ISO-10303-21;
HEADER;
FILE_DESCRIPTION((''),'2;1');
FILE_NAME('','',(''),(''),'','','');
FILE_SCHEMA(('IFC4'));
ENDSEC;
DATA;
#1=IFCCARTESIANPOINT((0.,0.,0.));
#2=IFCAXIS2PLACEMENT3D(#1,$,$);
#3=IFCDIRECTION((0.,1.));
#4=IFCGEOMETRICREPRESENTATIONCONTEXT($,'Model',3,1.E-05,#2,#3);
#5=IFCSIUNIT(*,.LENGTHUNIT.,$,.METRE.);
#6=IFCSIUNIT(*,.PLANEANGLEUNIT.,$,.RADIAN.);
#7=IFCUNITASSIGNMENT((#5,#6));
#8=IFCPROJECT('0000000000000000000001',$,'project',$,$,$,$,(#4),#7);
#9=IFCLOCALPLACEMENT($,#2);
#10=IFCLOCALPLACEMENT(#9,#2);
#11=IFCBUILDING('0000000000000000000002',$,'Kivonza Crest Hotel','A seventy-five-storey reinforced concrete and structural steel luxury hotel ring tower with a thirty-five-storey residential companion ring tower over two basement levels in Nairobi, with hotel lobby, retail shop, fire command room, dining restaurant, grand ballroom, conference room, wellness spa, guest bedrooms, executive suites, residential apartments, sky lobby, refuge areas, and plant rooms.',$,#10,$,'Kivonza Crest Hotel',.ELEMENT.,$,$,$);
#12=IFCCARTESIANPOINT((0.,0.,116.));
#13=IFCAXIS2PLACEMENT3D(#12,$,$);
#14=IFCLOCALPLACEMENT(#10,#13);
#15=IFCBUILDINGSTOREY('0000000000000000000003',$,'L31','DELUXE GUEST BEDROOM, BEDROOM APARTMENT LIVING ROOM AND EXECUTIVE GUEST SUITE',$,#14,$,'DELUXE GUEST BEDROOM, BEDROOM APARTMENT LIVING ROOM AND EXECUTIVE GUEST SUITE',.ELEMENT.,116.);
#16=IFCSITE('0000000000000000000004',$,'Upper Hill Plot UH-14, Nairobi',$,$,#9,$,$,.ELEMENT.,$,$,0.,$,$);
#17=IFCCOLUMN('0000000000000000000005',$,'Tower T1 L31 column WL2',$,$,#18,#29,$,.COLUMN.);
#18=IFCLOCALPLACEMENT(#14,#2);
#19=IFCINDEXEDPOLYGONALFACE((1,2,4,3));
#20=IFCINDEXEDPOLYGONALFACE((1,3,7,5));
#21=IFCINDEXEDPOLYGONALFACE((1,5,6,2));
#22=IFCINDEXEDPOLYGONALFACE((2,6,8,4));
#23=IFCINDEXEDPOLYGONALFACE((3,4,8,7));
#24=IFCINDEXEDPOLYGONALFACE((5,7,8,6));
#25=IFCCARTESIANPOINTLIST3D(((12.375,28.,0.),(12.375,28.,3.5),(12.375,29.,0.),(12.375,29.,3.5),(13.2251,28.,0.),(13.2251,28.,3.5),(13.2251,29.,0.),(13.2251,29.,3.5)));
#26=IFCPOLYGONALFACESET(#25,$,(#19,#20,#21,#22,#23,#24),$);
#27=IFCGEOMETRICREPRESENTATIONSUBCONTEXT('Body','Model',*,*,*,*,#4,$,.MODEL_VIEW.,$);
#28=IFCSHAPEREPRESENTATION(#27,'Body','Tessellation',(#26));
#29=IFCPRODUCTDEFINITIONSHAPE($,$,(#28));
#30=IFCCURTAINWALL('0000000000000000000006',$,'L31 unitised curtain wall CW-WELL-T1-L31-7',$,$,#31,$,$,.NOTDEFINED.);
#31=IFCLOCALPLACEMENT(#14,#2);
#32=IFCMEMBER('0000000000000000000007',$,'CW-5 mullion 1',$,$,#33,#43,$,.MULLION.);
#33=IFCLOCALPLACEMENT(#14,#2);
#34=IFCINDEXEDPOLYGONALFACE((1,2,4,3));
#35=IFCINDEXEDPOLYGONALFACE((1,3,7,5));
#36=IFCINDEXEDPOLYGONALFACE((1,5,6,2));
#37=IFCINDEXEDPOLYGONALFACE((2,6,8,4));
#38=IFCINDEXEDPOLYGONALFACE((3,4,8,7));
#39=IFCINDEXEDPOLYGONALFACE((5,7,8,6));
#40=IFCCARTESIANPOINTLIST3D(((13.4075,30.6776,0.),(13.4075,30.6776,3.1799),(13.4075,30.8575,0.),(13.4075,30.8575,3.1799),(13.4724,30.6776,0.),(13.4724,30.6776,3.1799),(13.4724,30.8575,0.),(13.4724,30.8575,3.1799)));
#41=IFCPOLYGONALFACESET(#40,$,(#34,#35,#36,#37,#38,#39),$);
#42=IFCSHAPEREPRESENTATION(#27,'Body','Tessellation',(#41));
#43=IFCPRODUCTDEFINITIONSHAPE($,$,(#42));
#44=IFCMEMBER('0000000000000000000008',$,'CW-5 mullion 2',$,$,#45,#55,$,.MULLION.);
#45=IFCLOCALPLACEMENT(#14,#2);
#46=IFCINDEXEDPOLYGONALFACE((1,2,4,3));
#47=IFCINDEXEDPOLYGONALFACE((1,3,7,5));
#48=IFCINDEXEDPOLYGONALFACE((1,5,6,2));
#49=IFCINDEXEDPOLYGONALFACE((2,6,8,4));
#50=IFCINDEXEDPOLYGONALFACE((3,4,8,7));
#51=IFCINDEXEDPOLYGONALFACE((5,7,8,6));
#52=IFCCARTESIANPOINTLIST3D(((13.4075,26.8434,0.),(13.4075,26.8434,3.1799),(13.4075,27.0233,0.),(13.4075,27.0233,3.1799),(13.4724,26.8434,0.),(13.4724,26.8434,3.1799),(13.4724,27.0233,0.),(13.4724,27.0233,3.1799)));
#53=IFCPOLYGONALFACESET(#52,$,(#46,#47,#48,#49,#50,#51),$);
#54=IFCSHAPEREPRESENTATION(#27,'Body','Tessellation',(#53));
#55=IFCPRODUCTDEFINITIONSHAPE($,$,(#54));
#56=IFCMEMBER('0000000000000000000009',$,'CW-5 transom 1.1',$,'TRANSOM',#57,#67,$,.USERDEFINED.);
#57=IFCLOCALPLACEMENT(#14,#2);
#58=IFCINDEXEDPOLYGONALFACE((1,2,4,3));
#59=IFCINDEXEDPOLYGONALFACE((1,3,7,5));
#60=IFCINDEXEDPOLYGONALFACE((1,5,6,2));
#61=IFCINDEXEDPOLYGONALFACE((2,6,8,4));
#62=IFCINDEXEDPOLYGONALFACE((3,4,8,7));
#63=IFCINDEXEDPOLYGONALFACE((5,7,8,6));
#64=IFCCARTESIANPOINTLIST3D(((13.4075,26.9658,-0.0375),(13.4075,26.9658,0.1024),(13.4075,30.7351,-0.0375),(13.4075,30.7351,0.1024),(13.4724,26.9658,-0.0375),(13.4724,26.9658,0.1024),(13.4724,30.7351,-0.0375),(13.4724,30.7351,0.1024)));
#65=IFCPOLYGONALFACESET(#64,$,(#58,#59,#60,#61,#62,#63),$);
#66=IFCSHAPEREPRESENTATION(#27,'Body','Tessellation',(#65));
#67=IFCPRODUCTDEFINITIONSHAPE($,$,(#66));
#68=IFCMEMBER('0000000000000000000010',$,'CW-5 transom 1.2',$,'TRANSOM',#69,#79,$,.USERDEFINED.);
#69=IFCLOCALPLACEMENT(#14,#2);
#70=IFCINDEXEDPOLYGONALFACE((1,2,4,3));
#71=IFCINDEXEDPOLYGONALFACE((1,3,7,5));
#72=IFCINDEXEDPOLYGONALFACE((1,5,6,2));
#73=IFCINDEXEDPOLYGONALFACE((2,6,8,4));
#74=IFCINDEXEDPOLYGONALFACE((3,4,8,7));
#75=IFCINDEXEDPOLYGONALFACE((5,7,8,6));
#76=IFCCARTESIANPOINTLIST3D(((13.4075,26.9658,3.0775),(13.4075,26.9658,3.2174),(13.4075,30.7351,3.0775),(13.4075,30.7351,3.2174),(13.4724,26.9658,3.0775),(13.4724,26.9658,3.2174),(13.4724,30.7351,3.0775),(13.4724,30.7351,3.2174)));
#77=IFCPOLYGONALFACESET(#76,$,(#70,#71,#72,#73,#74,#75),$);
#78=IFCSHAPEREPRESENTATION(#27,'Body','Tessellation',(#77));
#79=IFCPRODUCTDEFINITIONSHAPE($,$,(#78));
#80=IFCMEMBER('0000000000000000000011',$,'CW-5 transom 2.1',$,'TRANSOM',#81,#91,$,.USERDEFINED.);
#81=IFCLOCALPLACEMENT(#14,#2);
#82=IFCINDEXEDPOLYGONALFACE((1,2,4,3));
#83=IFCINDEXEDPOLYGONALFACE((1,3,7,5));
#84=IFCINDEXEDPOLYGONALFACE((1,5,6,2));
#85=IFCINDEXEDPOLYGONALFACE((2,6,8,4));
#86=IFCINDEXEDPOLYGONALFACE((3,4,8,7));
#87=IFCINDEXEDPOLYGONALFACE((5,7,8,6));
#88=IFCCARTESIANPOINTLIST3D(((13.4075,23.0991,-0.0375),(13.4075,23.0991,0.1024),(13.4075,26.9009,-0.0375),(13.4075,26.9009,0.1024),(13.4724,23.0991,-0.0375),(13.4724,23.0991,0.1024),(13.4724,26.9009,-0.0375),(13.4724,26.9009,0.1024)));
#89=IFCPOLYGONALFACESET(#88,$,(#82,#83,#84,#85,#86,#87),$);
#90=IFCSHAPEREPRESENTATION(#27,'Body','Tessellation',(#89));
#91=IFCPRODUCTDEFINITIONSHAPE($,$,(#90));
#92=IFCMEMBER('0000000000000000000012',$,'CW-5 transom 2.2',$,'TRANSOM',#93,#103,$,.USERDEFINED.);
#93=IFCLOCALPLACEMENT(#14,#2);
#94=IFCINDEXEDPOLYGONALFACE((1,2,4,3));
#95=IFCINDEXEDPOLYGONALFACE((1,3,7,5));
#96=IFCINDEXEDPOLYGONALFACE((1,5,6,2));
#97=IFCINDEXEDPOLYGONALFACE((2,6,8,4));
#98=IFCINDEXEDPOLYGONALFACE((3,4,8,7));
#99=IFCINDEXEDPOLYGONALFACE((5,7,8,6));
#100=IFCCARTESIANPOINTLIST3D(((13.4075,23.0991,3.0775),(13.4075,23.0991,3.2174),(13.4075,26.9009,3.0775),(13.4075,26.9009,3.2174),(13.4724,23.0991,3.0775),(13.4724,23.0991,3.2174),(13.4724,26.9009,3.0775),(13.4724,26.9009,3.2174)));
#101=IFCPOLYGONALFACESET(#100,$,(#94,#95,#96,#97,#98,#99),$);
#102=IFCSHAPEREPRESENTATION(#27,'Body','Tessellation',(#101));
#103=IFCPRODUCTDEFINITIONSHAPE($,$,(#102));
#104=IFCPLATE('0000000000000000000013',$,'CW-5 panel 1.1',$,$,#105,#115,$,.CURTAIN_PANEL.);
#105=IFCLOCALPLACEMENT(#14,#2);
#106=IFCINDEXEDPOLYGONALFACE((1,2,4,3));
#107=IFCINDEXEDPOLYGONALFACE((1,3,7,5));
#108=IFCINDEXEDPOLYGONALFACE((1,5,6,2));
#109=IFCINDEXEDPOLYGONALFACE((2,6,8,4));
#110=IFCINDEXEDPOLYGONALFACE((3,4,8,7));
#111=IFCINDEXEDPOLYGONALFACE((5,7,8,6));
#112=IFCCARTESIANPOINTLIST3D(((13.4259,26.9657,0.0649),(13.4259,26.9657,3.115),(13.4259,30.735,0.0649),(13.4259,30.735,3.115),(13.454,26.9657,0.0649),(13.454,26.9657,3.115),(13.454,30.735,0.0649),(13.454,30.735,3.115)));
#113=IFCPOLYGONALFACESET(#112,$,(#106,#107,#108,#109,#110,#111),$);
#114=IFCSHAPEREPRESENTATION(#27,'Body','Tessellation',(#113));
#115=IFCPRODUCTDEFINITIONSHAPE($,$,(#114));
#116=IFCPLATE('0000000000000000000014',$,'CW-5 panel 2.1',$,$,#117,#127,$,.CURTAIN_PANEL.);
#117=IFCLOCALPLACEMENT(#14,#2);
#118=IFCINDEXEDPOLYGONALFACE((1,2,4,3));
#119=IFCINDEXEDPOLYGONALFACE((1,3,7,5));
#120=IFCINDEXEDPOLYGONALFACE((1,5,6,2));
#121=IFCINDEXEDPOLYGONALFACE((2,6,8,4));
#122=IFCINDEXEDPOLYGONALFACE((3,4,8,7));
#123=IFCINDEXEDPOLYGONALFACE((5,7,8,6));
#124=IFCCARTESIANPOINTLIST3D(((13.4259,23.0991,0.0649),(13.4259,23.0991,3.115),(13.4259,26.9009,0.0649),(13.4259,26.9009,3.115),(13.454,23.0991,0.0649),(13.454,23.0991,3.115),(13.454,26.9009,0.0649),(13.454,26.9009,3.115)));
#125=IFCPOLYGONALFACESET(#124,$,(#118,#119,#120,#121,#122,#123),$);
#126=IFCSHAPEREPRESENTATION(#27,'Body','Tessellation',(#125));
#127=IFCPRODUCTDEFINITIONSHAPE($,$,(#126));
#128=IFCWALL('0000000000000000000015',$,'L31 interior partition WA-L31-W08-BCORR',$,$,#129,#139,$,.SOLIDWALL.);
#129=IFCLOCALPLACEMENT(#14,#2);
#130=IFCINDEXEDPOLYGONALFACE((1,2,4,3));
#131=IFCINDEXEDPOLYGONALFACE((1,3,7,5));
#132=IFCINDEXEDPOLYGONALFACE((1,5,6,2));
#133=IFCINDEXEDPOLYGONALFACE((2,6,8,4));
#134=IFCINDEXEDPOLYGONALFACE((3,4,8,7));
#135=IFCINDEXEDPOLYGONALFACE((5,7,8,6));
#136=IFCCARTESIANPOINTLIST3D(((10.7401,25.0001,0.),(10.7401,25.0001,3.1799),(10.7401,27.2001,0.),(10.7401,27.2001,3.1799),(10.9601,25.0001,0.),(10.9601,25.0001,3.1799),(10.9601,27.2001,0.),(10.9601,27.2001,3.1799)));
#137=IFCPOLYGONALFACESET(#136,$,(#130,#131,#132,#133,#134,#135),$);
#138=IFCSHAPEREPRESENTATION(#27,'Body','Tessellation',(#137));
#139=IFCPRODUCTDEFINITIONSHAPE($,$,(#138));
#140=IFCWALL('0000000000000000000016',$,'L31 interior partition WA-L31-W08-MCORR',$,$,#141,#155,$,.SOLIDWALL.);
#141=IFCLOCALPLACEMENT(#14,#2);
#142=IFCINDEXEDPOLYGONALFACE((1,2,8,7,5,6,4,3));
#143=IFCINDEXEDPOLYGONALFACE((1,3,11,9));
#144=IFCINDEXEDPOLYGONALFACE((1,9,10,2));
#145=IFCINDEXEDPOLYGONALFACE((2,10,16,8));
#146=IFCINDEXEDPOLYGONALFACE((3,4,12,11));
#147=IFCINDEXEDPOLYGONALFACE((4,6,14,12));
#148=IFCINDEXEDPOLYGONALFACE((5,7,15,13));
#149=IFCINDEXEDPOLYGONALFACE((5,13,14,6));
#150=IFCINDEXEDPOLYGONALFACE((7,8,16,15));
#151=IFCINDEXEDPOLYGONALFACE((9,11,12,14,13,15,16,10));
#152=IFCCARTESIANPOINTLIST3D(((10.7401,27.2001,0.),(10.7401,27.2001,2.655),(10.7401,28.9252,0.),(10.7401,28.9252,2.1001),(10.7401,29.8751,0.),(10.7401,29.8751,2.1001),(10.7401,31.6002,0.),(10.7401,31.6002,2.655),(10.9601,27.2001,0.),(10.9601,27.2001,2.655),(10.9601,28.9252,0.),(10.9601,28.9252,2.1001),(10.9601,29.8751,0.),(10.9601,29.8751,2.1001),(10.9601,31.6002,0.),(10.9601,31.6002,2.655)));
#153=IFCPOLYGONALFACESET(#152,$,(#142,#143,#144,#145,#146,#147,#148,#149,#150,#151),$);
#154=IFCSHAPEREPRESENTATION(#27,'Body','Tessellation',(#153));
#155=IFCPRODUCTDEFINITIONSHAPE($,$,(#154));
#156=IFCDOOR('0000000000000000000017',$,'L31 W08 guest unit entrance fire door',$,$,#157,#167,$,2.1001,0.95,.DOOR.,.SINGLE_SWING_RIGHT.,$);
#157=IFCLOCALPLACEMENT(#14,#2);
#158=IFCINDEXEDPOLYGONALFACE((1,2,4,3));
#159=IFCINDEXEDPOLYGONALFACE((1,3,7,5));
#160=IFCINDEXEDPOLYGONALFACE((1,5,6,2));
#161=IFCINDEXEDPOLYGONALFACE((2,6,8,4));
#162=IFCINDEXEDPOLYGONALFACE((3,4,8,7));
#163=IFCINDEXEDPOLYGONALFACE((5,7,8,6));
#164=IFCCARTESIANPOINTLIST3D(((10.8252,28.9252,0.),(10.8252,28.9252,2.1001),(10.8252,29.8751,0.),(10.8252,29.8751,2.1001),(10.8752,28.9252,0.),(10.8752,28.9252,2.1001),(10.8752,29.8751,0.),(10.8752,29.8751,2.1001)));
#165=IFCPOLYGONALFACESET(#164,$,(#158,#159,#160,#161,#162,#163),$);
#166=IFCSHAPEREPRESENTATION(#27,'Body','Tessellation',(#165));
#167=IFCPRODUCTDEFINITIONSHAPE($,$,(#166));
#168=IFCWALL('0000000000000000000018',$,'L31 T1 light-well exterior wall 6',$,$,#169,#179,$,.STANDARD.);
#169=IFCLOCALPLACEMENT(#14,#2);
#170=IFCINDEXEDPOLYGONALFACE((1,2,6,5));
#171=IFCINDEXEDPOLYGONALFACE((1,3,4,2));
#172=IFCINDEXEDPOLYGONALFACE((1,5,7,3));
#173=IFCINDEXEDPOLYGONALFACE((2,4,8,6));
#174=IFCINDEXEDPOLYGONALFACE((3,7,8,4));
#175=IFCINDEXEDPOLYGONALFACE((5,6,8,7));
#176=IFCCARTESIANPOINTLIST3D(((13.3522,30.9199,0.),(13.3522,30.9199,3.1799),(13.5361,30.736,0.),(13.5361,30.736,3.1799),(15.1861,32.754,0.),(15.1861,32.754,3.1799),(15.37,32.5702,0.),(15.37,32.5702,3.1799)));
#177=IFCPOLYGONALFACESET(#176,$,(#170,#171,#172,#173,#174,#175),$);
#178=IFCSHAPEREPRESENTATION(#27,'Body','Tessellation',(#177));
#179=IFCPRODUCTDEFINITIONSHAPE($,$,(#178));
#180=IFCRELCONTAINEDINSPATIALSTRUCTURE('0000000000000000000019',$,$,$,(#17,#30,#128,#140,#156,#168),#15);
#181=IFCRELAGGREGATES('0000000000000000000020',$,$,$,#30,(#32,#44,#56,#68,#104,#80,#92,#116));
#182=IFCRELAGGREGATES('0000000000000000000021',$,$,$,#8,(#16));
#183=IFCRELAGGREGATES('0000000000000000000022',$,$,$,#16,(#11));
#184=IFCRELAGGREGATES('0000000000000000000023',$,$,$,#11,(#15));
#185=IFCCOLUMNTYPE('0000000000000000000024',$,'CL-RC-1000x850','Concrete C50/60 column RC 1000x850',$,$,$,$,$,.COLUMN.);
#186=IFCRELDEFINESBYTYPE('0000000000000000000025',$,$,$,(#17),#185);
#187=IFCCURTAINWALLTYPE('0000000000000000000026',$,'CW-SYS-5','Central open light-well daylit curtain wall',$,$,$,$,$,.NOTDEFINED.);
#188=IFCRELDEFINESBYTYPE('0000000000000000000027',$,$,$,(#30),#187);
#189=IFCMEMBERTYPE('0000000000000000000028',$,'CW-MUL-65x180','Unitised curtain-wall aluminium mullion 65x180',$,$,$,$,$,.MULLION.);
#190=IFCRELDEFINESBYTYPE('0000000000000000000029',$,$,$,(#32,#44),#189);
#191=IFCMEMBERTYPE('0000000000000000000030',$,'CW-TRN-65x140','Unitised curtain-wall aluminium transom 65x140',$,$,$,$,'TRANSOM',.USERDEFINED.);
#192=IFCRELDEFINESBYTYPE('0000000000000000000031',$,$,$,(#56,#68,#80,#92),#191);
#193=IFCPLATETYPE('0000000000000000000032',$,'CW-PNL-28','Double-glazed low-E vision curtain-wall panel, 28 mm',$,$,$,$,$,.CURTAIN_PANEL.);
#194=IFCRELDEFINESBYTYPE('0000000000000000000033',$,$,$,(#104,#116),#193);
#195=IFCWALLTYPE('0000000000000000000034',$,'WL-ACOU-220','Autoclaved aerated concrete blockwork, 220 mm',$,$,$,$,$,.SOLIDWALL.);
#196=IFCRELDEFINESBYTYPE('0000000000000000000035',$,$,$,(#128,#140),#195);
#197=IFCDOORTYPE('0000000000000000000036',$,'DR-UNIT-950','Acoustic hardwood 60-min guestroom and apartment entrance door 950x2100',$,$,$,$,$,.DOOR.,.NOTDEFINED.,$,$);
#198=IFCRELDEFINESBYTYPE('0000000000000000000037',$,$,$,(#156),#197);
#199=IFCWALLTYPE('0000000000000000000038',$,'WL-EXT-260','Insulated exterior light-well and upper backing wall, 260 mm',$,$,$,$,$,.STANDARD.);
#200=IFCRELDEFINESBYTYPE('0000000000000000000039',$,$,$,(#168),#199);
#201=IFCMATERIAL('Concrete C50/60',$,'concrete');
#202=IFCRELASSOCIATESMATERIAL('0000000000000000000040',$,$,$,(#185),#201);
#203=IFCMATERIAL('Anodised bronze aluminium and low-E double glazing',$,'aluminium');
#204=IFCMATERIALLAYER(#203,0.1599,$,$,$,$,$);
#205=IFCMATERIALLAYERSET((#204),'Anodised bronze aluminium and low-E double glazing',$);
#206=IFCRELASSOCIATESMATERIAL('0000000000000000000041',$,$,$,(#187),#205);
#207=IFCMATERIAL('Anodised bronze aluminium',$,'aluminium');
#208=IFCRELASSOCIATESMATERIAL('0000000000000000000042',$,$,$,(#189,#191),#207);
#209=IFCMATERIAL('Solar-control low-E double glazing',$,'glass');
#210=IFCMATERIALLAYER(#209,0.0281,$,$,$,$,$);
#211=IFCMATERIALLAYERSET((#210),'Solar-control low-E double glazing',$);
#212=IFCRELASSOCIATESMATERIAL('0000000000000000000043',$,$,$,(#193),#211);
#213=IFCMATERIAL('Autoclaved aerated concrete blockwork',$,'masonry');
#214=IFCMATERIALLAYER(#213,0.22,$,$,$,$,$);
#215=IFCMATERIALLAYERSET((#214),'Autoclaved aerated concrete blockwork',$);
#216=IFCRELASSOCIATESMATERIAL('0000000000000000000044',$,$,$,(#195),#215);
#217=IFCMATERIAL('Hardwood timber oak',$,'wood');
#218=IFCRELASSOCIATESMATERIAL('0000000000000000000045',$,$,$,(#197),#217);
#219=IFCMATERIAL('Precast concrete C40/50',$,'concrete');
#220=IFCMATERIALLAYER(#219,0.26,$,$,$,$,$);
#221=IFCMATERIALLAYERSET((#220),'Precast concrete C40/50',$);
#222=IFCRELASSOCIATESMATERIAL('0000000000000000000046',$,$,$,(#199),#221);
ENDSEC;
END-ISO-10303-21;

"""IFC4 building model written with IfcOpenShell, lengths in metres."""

from ifc_helpers import new_model, si_unit, direction, frame, frame_2d, origin, origin_2d, place, context, subcontext, project, spatial, rectangle, extrude, material, layer, layer_set, material_profile, profile_set, type_object, element, fill, aggregate, save


model = new_model("IFC4")

# Units and contexts
model_context = context("Model", 3, precision=1e-05, world=origin(), true_north=direction((0.0, 1.0)))
body_context = subcontext(model_context, "Body", "Model", "MODEL_VIEW")
ifc_project = project(units=[si_unit("LENGTHUNIT", "METRE"), si_unit("PLANEANGLEUNIT", "RADIAN")], contexts=[model_context])

# Site, building, storey
site_placement = place(None, origin())
site = spatial("IfcSite", under=ifc_project, at=site_placement, Name="Upper Hill Plot UH-14, Nairobi", CompositionType="ELEMENT", RefElevation=0.0)
building_placement = place(site_placement, origin())
building = spatial("IfcBuilding", under=site, at=building_placement, Name="Kivonza Crest Hotel", Description="A seventy-five-storey reinforced concrete and structural steel luxury hotel ring tower with a thirty-five-storey residential companion ring tower over two basement levels in Nairobi, with hotel lobby, retail shop, fire command room, dining restaurant, grand ballroom, conference room, wellness spa, guest bedrooms, executive suites, residential apartments, sky lobby, refuge areas, and plant rooms.", LongName="Kivonza Crest Hotel", CompositionType="ELEMENT")
storey_placement = place(building_placement, frame((0.0, 0.0, 116.0)))
storey = spatial("IfcBuildingStorey", under=building, at=storey_placement, Name="L31", Description="DELUXE GUEST BEDROOM, BEDROOM APARTMENT LIVING ROOM AND EXECUTIVE GUEST SUITE", LongName="DELUXE GUEST BEDROOM, BEDROOM APARTMENT LIVING ROOM AND EXECUTIVE GUEST SUITE", CompositionType="ELEMENT", Elevation=116.0)

# Column
ifc_material_1 = material(Name="Concrete C50/60", Category="concrete")
ifc_material_profile_1 = material_profile(ifc_material_1, rectangle(XDim=0.8501, YDim=1.0, at=origin_2d()), Name="RC 1000x850")
ifc_profile_set_1 = profile_set([ifc_material_profile_1], Name="Concrete C50/60")
column_type = type_object("IfcColumnType", Name="CL-RC-1000x850", Description="Concrete C50/60 column RC 1000x850", PredefinedType="COLUMN", material=ifc_profile_set_1)
column_placement = place(storey_placement, frame((12.8, 28.5, 0.0), z_axis=(0.0, 0.0, 1.0), x_axis=(1.0, 0.0, 0.0)))
element("IfcColumn", 1, at=column_placement, inside=storey, type_object=column_type, Name="Tower T1 L31 column WL2", PredefinedType="COLUMN", context=body_context, shape_type="SweptSolid", body=[
    extrude(rectangle(XDim=0.8501, YDim=1.0, at=origin_2d()), origin(), (0.0, 0.0, 1.0), 3.5),
])

# Curtain wall, members, plates
ifc_material_2 = material(Name="Anodised bronze aluminium and low-E double glazing", Category="aluminium")
ifc_layer_1 = layer(ifc_material_2, 0.1599)
ifc_layer_set_1 = layer_set([ifc_layer_1], Name="Anodised bronze aluminium and low-E double glazing")
curtain_wall_type = type_object("IfcCurtainWallType", Name="CW-SYS-5", Description="Central open light-well daylit curtain wall", PredefinedType="NOTDEFINED", material=ifc_layer_set_1)
curtain_wall_placement = place(storey_placement, origin())
curtain_wall = element("IfcCurtainWall", 2, at=curtain_wall_placement, inside=storey, type_object=curtain_wall_type, Name="L31 unitised curtain wall CW-WELL-T1-L31-7", PredefinedType="NOTDEFINED")
ifc_material_3 = material(Name="Anodised bronze aluminium", Category="aluminium")
ifc_material_profile_2 = material_profile(ifc_material_3, rectangle(XDim=0.0649, YDim=0.1799, at=origin_2d()), Name="CW-M 65x180")
ifc_profile_set_2 = profile_set([ifc_material_profile_2], Name="Anodised bronze aluminium")
member_type_1 = type_object("IfcMemberType", Name="CW-MUL-65x180", Description="Unitised curtain-wall aluminium mullion 65x180", PredefinedType="MULLION", material=ifc_profile_set_2)
member_1_placement = place(storey_placement, frame((13.4399, 30.7676, 0.0), z_axis=(0.0, 0.0, 1.0), x_axis=(1.0, 0.0, 0.0)))
member_1 = element("IfcMember", 3, at=member_1_placement, type_object=member_type_1, Name="CW-5 mullion 1", PredefinedType="MULLION", context=body_context, shape_type="SweptSolid", body=[
    extrude(rectangle(XDim=0.0649, YDim=0.1799, at=origin_2d()), origin(), (0.0, 0.0, 1.0), 3.1799),
])
member_2_placement = place(storey_placement, frame((13.4399, 26.9333, 0.0), z_axis=(0.0, 0.0, 1.0), x_axis=(1.0, 0.0, 0.0)))
member_2 = element("IfcMember", 4, at=member_2_placement, type_object=member_type_1, Name="CW-5 mullion 2", PredefinedType="MULLION", context=body_context, shape_type="SweptSolid", body=[
    extrude(rectangle(XDim=0.0649, YDim=0.1799, at=origin_2d()), origin(), (0.0, 0.0, 1.0), 3.1799),
])
ifc_material_profile_3 = material_profile(ifc_material_3, rectangle(XDim=0.0649, YDim=0.1399, at=origin_2d()), Name="CW-T 65x140")
ifc_profile_set_3 = profile_set([ifc_material_profile_3], Name="Anodised bronze aluminium")
member_type_2 = type_object("IfcMemberType", Name="CW-TRN-65x140", Description="Unitised curtain-wall aluminium transom 65x140", ElementType="TRANSOM", PredefinedType="USERDEFINED", material=ifc_profile_set_3)
member_3_placement = place(storey_placement, frame((13.4399, 30.7351, 0.0325), z_axis=(0.0, -1.0, 0.0), x_axis=(1.0, 0.0, 0.0)))
member_3 = element("IfcMember", 5, at=member_3_placement, type_object=member_type_2, Name="CW-5 transom 1.1", ObjectType="TRANSOM", PredefinedType="USERDEFINED", context=body_context, shape_type="SweptSolid", body=[
    extrude(rectangle(XDim=0.0649, YDim=0.1399, at=origin_2d()), origin(), (0.0, 0.0, 1.0), 3.7693),
])
member_4_placement = place(storey_placement, frame((13.4399, 30.7351, 3.1475), z_axis=(0.0, -1.0, 0.0), x_axis=(1.0, 0.0, 0.0)))
member_4 = element("IfcMember", 6, at=member_4_placement, type_object=member_type_2, Name="CW-5 transom 1.2", ObjectType="TRANSOM", PredefinedType="USERDEFINED", context=body_context, shape_type="SweptSolid", body=[
    extrude(rectangle(XDim=0.0649, YDim=0.1399, at=origin_2d()), origin(), (0.0, 0.0, 1.0), 3.7693),
])
member_5_placement = place(storey_placement, frame((13.4399, 26.9009, 0.0325), z_axis=(0.0, -1.0, 0.0), x_axis=(1.0, 0.0, 0.0)))
member_5 = element("IfcMember", 7, at=member_5_placement, type_object=member_type_2, Name="CW-5 transom 2.1", ObjectType="TRANSOM", PredefinedType="USERDEFINED", context=body_context, shape_type="SweptSolid", body=[
    extrude(rectangle(XDim=0.0649, YDim=0.1399, at=origin_2d()), origin(), (0.0, 0.0, 1.0), 3.8018),
])
member_6_placement = place(storey_placement, frame((13.4399, 26.9009, 3.1475), z_axis=(0.0, -1.0, 0.0), x_axis=(1.0, 0.0, 0.0)))
member_6 = element("IfcMember", 8, at=member_6_placement, type_object=member_type_2, Name="CW-5 transom 2.2", ObjectType="TRANSOM", PredefinedType="USERDEFINED", context=body_context, shape_type="SweptSolid", body=[
    extrude(rectangle(XDim=0.0649, YDim=0.1399, at=origin_2d()), origin(), (0.0, 0.0, 1.0), 3.8018),
])
ifc_material_4 = material(Name="Solar-control low-E double glazing", Category="glass")
ifc_layer_2 = layer(ifc_material_4, 0.0281)
ifc_layer_set_2 = layer_set([ifc_layer_2], Name="Solar-control low-E double glazing")
plate_type = type_object("IfcPlateType", Name="CW-PNL-28", Description="Double-glazed low-E vision curtain-wall panel, 28 mm", PredefinedType="CURTAIN_PANEL", material=ifc_layer_set_2)
plate_1_placement = place(storey_placement, frame((13.4399, 28.8503, 0.0649), z_axis=(0.0, 0.0, 1.0), x_axis=(0.0, -1.0, 0.0)))
plate_1 = element("IfcPlate", 9, at=plate_1_placement, type_object=plate_type, Name="CW-5 panel 1.1", PredefinedType="CURTAIN_PANEL", context=body_context, shape_type="SweptSolid", body=[
    extrude(rectangle(XDim=3.7693, YDim=0.0281, at=origin_2d()), origin(), (0.0, 0.0, 1.0), 3.05),
])
plate_2_placement = place(storey_placement, frame((13.4399, 25.0, 0.0649), z_axis=(0.0, 0.0, 1.0), x_axis=(0.0, -1.0, 0.0)))
plate_2 = element("IfcPlate", 10, at=plate_2_placement, type_object=plate_type, Name="CW-5 panel 2.1", PredefinedType="CURTAIN_PANEL", context=body_context, shape_type="SweptSolid", body=[
    extrude(rectangle(XDim=3.8018, YDim=0.0281, at=origin_2d()), origin(), (0.0, 0.0, 1.0), 3.05),
])
aggregate(curtain_wall, [member_1, member_2, member_3, member_4, plate_1, member_5, member_6, plate_2])

# Wall
ifc_material_5 = material(Name="Autoclaved aerated concrete blockwork", Category="masonry")
ifc_layer_3 = layer(ifc_material_5, 0.22)
ifc_layer_set_3 = layer_set([ifc_layer_3], Name="Autoclaved aerated concrete blockwork")
wall_type_1 = type_object("IfcWallType", Name="WL-ACOU-220", Description="Autoclaved aerated concrete blockwork, 220 mm", PredefinedType="SOLIDWALL", material=ifc_layer_set_3)
wall_1_placement = place(storey_placement, frame((10.8501, 25.0, 0.0), z_axis=(0.0, 0.0, 1.0), x_axis=(0.0, 1.0, 0.0)))
element("IfcWall", 11, at=wall_1_placement, inside=storey, type_object=wall_type_1, Name="L31 interior partition WA-L31-W08-BCORR", PredefinedType="SOLIDWALL", context=body_context, shape_type="SweptSolid", body=[
    extrude(rectangle(XDim=2.2, YDim=0.22, at=frame_2d((1.1001, 0.0))), origin(), (0.0, 0.0, 1.0), 3.1799),
])

# Wall, opening, door
wall_2_placement = place(storey_placement, frame((10.8501, 27.2, 0.0), z_axis=(0.0, 0.0, 1.0), x_axis=(0.0, 1.0, 0.0)))
wall_2 = element("IfcWall", 12, at=wall_2_placement, inside=storey, type_object=wall_type_1, Name="L31 interior partition WA-L31-W08-MCORR", PredefinedType="SOLIDWALL", context=body_context, shape_type="SweptSolid", body=[
    extrude(rectangle(XDim=4.4001, YDim=0.22, at=frame_2d((2.2002, 0.0))), origin(), (0.0, 0.0, 1.0), 2.655),
])
opening_1_placement = place(wall_2_placement, frame((1.7251, 0.0, 0.0)))
opening_1 = element("IfcOpeningElement", 13, at=opening_1_placement, cuts=wall_2, PredefinedType="OPENING", context=body_context, shape_type="SweptSolid", body=[
    extrude(rectangle(XDim=0.95, YDim=2.1001, at=frame_2d((0.4751, 1.05))), frame((0.0, 0.1201, 0.0), z_axis=(0.0, -1.0, 0.0), x_axis=(1.0, 0.0, 0.0)), (0.0, 0.0, 1.0), 0.24),
])
ifc_material_6 = material(Name="Hardwood timber oak", Category="wood")
door_type_1 = type_object("IfcDoorType", Name="DR-UNIT-950", Description="Acoustic hardwood 60-min guestroom and apartment entrance door 950x2100", OperationType="NOTDEFINED", PredefinedType="DOOR", material=ifc_material_6)
door_1_placement = place(opening_1_placement, origin())
door_1 = element("IfcDoor", 14, at=door_1_placement, inside=storey, type_object=door_type_1, Name="L31 W08 guest unit entrance fire door", OperationType="SINGLE_SWING_RIGHT", OverallHeight=2.1001, OverallWidth=0.95, PredefinedType="DOOR", context=body_context, shape_type="SweptSolid", body=[
    extrude(rectangle(XDim=0.95, YDim=2.1001, at=frame_2d((0.4751, 1.05))), frame((0.0, 0.0249, 0.0), z_axis=(0.0, -1.0, 0.0), x_axis=(1.0, 0.0, 0.0)), (0.0, 0.0, 1.0), 0.05),
])
fill(opening_1, door_1)

# Wall
ifc_material_7 = material(Name="Precast concrete C40/50", Category="concrete")
ifc_layer_4 = layer(ifc_material_7, 0.26)
ifc_layer_set_4 = layer_set([ifc_layer_4], Name="Precast concrete C40/50")
wall_type_2 = type_object("IfcWallType", Name="WL-EXT-260", Description="Insulated exterior light-well and upper backing wall, 260 mm", PredefinedType="STANDARD", material=ifc_layer_set_4)
wall_3_placement = place(storey_placement, frame((15.2781, 32.6621, 0.0), z_axis=(0.0, 0.0, 1.0), x_axis=(-0.70706, -0.707154, 0.0)))
element("IfcWall", 15, at=wall_3_placement, inside=storey, type_object=wall_type_2, Name="L31 T1 light-well exterior wall 6", PredefinedType="STANDARD", context=body_context, shape_type="SweptSolid", body=[
    extrude(rectangle(XDim=2.5938, YDim=0.26, at=frame_2d((1.2969, 0.0))), origin(), (0.0, 0.0, 1.0), 3.1799),
])

save(model, "model.ifc")
